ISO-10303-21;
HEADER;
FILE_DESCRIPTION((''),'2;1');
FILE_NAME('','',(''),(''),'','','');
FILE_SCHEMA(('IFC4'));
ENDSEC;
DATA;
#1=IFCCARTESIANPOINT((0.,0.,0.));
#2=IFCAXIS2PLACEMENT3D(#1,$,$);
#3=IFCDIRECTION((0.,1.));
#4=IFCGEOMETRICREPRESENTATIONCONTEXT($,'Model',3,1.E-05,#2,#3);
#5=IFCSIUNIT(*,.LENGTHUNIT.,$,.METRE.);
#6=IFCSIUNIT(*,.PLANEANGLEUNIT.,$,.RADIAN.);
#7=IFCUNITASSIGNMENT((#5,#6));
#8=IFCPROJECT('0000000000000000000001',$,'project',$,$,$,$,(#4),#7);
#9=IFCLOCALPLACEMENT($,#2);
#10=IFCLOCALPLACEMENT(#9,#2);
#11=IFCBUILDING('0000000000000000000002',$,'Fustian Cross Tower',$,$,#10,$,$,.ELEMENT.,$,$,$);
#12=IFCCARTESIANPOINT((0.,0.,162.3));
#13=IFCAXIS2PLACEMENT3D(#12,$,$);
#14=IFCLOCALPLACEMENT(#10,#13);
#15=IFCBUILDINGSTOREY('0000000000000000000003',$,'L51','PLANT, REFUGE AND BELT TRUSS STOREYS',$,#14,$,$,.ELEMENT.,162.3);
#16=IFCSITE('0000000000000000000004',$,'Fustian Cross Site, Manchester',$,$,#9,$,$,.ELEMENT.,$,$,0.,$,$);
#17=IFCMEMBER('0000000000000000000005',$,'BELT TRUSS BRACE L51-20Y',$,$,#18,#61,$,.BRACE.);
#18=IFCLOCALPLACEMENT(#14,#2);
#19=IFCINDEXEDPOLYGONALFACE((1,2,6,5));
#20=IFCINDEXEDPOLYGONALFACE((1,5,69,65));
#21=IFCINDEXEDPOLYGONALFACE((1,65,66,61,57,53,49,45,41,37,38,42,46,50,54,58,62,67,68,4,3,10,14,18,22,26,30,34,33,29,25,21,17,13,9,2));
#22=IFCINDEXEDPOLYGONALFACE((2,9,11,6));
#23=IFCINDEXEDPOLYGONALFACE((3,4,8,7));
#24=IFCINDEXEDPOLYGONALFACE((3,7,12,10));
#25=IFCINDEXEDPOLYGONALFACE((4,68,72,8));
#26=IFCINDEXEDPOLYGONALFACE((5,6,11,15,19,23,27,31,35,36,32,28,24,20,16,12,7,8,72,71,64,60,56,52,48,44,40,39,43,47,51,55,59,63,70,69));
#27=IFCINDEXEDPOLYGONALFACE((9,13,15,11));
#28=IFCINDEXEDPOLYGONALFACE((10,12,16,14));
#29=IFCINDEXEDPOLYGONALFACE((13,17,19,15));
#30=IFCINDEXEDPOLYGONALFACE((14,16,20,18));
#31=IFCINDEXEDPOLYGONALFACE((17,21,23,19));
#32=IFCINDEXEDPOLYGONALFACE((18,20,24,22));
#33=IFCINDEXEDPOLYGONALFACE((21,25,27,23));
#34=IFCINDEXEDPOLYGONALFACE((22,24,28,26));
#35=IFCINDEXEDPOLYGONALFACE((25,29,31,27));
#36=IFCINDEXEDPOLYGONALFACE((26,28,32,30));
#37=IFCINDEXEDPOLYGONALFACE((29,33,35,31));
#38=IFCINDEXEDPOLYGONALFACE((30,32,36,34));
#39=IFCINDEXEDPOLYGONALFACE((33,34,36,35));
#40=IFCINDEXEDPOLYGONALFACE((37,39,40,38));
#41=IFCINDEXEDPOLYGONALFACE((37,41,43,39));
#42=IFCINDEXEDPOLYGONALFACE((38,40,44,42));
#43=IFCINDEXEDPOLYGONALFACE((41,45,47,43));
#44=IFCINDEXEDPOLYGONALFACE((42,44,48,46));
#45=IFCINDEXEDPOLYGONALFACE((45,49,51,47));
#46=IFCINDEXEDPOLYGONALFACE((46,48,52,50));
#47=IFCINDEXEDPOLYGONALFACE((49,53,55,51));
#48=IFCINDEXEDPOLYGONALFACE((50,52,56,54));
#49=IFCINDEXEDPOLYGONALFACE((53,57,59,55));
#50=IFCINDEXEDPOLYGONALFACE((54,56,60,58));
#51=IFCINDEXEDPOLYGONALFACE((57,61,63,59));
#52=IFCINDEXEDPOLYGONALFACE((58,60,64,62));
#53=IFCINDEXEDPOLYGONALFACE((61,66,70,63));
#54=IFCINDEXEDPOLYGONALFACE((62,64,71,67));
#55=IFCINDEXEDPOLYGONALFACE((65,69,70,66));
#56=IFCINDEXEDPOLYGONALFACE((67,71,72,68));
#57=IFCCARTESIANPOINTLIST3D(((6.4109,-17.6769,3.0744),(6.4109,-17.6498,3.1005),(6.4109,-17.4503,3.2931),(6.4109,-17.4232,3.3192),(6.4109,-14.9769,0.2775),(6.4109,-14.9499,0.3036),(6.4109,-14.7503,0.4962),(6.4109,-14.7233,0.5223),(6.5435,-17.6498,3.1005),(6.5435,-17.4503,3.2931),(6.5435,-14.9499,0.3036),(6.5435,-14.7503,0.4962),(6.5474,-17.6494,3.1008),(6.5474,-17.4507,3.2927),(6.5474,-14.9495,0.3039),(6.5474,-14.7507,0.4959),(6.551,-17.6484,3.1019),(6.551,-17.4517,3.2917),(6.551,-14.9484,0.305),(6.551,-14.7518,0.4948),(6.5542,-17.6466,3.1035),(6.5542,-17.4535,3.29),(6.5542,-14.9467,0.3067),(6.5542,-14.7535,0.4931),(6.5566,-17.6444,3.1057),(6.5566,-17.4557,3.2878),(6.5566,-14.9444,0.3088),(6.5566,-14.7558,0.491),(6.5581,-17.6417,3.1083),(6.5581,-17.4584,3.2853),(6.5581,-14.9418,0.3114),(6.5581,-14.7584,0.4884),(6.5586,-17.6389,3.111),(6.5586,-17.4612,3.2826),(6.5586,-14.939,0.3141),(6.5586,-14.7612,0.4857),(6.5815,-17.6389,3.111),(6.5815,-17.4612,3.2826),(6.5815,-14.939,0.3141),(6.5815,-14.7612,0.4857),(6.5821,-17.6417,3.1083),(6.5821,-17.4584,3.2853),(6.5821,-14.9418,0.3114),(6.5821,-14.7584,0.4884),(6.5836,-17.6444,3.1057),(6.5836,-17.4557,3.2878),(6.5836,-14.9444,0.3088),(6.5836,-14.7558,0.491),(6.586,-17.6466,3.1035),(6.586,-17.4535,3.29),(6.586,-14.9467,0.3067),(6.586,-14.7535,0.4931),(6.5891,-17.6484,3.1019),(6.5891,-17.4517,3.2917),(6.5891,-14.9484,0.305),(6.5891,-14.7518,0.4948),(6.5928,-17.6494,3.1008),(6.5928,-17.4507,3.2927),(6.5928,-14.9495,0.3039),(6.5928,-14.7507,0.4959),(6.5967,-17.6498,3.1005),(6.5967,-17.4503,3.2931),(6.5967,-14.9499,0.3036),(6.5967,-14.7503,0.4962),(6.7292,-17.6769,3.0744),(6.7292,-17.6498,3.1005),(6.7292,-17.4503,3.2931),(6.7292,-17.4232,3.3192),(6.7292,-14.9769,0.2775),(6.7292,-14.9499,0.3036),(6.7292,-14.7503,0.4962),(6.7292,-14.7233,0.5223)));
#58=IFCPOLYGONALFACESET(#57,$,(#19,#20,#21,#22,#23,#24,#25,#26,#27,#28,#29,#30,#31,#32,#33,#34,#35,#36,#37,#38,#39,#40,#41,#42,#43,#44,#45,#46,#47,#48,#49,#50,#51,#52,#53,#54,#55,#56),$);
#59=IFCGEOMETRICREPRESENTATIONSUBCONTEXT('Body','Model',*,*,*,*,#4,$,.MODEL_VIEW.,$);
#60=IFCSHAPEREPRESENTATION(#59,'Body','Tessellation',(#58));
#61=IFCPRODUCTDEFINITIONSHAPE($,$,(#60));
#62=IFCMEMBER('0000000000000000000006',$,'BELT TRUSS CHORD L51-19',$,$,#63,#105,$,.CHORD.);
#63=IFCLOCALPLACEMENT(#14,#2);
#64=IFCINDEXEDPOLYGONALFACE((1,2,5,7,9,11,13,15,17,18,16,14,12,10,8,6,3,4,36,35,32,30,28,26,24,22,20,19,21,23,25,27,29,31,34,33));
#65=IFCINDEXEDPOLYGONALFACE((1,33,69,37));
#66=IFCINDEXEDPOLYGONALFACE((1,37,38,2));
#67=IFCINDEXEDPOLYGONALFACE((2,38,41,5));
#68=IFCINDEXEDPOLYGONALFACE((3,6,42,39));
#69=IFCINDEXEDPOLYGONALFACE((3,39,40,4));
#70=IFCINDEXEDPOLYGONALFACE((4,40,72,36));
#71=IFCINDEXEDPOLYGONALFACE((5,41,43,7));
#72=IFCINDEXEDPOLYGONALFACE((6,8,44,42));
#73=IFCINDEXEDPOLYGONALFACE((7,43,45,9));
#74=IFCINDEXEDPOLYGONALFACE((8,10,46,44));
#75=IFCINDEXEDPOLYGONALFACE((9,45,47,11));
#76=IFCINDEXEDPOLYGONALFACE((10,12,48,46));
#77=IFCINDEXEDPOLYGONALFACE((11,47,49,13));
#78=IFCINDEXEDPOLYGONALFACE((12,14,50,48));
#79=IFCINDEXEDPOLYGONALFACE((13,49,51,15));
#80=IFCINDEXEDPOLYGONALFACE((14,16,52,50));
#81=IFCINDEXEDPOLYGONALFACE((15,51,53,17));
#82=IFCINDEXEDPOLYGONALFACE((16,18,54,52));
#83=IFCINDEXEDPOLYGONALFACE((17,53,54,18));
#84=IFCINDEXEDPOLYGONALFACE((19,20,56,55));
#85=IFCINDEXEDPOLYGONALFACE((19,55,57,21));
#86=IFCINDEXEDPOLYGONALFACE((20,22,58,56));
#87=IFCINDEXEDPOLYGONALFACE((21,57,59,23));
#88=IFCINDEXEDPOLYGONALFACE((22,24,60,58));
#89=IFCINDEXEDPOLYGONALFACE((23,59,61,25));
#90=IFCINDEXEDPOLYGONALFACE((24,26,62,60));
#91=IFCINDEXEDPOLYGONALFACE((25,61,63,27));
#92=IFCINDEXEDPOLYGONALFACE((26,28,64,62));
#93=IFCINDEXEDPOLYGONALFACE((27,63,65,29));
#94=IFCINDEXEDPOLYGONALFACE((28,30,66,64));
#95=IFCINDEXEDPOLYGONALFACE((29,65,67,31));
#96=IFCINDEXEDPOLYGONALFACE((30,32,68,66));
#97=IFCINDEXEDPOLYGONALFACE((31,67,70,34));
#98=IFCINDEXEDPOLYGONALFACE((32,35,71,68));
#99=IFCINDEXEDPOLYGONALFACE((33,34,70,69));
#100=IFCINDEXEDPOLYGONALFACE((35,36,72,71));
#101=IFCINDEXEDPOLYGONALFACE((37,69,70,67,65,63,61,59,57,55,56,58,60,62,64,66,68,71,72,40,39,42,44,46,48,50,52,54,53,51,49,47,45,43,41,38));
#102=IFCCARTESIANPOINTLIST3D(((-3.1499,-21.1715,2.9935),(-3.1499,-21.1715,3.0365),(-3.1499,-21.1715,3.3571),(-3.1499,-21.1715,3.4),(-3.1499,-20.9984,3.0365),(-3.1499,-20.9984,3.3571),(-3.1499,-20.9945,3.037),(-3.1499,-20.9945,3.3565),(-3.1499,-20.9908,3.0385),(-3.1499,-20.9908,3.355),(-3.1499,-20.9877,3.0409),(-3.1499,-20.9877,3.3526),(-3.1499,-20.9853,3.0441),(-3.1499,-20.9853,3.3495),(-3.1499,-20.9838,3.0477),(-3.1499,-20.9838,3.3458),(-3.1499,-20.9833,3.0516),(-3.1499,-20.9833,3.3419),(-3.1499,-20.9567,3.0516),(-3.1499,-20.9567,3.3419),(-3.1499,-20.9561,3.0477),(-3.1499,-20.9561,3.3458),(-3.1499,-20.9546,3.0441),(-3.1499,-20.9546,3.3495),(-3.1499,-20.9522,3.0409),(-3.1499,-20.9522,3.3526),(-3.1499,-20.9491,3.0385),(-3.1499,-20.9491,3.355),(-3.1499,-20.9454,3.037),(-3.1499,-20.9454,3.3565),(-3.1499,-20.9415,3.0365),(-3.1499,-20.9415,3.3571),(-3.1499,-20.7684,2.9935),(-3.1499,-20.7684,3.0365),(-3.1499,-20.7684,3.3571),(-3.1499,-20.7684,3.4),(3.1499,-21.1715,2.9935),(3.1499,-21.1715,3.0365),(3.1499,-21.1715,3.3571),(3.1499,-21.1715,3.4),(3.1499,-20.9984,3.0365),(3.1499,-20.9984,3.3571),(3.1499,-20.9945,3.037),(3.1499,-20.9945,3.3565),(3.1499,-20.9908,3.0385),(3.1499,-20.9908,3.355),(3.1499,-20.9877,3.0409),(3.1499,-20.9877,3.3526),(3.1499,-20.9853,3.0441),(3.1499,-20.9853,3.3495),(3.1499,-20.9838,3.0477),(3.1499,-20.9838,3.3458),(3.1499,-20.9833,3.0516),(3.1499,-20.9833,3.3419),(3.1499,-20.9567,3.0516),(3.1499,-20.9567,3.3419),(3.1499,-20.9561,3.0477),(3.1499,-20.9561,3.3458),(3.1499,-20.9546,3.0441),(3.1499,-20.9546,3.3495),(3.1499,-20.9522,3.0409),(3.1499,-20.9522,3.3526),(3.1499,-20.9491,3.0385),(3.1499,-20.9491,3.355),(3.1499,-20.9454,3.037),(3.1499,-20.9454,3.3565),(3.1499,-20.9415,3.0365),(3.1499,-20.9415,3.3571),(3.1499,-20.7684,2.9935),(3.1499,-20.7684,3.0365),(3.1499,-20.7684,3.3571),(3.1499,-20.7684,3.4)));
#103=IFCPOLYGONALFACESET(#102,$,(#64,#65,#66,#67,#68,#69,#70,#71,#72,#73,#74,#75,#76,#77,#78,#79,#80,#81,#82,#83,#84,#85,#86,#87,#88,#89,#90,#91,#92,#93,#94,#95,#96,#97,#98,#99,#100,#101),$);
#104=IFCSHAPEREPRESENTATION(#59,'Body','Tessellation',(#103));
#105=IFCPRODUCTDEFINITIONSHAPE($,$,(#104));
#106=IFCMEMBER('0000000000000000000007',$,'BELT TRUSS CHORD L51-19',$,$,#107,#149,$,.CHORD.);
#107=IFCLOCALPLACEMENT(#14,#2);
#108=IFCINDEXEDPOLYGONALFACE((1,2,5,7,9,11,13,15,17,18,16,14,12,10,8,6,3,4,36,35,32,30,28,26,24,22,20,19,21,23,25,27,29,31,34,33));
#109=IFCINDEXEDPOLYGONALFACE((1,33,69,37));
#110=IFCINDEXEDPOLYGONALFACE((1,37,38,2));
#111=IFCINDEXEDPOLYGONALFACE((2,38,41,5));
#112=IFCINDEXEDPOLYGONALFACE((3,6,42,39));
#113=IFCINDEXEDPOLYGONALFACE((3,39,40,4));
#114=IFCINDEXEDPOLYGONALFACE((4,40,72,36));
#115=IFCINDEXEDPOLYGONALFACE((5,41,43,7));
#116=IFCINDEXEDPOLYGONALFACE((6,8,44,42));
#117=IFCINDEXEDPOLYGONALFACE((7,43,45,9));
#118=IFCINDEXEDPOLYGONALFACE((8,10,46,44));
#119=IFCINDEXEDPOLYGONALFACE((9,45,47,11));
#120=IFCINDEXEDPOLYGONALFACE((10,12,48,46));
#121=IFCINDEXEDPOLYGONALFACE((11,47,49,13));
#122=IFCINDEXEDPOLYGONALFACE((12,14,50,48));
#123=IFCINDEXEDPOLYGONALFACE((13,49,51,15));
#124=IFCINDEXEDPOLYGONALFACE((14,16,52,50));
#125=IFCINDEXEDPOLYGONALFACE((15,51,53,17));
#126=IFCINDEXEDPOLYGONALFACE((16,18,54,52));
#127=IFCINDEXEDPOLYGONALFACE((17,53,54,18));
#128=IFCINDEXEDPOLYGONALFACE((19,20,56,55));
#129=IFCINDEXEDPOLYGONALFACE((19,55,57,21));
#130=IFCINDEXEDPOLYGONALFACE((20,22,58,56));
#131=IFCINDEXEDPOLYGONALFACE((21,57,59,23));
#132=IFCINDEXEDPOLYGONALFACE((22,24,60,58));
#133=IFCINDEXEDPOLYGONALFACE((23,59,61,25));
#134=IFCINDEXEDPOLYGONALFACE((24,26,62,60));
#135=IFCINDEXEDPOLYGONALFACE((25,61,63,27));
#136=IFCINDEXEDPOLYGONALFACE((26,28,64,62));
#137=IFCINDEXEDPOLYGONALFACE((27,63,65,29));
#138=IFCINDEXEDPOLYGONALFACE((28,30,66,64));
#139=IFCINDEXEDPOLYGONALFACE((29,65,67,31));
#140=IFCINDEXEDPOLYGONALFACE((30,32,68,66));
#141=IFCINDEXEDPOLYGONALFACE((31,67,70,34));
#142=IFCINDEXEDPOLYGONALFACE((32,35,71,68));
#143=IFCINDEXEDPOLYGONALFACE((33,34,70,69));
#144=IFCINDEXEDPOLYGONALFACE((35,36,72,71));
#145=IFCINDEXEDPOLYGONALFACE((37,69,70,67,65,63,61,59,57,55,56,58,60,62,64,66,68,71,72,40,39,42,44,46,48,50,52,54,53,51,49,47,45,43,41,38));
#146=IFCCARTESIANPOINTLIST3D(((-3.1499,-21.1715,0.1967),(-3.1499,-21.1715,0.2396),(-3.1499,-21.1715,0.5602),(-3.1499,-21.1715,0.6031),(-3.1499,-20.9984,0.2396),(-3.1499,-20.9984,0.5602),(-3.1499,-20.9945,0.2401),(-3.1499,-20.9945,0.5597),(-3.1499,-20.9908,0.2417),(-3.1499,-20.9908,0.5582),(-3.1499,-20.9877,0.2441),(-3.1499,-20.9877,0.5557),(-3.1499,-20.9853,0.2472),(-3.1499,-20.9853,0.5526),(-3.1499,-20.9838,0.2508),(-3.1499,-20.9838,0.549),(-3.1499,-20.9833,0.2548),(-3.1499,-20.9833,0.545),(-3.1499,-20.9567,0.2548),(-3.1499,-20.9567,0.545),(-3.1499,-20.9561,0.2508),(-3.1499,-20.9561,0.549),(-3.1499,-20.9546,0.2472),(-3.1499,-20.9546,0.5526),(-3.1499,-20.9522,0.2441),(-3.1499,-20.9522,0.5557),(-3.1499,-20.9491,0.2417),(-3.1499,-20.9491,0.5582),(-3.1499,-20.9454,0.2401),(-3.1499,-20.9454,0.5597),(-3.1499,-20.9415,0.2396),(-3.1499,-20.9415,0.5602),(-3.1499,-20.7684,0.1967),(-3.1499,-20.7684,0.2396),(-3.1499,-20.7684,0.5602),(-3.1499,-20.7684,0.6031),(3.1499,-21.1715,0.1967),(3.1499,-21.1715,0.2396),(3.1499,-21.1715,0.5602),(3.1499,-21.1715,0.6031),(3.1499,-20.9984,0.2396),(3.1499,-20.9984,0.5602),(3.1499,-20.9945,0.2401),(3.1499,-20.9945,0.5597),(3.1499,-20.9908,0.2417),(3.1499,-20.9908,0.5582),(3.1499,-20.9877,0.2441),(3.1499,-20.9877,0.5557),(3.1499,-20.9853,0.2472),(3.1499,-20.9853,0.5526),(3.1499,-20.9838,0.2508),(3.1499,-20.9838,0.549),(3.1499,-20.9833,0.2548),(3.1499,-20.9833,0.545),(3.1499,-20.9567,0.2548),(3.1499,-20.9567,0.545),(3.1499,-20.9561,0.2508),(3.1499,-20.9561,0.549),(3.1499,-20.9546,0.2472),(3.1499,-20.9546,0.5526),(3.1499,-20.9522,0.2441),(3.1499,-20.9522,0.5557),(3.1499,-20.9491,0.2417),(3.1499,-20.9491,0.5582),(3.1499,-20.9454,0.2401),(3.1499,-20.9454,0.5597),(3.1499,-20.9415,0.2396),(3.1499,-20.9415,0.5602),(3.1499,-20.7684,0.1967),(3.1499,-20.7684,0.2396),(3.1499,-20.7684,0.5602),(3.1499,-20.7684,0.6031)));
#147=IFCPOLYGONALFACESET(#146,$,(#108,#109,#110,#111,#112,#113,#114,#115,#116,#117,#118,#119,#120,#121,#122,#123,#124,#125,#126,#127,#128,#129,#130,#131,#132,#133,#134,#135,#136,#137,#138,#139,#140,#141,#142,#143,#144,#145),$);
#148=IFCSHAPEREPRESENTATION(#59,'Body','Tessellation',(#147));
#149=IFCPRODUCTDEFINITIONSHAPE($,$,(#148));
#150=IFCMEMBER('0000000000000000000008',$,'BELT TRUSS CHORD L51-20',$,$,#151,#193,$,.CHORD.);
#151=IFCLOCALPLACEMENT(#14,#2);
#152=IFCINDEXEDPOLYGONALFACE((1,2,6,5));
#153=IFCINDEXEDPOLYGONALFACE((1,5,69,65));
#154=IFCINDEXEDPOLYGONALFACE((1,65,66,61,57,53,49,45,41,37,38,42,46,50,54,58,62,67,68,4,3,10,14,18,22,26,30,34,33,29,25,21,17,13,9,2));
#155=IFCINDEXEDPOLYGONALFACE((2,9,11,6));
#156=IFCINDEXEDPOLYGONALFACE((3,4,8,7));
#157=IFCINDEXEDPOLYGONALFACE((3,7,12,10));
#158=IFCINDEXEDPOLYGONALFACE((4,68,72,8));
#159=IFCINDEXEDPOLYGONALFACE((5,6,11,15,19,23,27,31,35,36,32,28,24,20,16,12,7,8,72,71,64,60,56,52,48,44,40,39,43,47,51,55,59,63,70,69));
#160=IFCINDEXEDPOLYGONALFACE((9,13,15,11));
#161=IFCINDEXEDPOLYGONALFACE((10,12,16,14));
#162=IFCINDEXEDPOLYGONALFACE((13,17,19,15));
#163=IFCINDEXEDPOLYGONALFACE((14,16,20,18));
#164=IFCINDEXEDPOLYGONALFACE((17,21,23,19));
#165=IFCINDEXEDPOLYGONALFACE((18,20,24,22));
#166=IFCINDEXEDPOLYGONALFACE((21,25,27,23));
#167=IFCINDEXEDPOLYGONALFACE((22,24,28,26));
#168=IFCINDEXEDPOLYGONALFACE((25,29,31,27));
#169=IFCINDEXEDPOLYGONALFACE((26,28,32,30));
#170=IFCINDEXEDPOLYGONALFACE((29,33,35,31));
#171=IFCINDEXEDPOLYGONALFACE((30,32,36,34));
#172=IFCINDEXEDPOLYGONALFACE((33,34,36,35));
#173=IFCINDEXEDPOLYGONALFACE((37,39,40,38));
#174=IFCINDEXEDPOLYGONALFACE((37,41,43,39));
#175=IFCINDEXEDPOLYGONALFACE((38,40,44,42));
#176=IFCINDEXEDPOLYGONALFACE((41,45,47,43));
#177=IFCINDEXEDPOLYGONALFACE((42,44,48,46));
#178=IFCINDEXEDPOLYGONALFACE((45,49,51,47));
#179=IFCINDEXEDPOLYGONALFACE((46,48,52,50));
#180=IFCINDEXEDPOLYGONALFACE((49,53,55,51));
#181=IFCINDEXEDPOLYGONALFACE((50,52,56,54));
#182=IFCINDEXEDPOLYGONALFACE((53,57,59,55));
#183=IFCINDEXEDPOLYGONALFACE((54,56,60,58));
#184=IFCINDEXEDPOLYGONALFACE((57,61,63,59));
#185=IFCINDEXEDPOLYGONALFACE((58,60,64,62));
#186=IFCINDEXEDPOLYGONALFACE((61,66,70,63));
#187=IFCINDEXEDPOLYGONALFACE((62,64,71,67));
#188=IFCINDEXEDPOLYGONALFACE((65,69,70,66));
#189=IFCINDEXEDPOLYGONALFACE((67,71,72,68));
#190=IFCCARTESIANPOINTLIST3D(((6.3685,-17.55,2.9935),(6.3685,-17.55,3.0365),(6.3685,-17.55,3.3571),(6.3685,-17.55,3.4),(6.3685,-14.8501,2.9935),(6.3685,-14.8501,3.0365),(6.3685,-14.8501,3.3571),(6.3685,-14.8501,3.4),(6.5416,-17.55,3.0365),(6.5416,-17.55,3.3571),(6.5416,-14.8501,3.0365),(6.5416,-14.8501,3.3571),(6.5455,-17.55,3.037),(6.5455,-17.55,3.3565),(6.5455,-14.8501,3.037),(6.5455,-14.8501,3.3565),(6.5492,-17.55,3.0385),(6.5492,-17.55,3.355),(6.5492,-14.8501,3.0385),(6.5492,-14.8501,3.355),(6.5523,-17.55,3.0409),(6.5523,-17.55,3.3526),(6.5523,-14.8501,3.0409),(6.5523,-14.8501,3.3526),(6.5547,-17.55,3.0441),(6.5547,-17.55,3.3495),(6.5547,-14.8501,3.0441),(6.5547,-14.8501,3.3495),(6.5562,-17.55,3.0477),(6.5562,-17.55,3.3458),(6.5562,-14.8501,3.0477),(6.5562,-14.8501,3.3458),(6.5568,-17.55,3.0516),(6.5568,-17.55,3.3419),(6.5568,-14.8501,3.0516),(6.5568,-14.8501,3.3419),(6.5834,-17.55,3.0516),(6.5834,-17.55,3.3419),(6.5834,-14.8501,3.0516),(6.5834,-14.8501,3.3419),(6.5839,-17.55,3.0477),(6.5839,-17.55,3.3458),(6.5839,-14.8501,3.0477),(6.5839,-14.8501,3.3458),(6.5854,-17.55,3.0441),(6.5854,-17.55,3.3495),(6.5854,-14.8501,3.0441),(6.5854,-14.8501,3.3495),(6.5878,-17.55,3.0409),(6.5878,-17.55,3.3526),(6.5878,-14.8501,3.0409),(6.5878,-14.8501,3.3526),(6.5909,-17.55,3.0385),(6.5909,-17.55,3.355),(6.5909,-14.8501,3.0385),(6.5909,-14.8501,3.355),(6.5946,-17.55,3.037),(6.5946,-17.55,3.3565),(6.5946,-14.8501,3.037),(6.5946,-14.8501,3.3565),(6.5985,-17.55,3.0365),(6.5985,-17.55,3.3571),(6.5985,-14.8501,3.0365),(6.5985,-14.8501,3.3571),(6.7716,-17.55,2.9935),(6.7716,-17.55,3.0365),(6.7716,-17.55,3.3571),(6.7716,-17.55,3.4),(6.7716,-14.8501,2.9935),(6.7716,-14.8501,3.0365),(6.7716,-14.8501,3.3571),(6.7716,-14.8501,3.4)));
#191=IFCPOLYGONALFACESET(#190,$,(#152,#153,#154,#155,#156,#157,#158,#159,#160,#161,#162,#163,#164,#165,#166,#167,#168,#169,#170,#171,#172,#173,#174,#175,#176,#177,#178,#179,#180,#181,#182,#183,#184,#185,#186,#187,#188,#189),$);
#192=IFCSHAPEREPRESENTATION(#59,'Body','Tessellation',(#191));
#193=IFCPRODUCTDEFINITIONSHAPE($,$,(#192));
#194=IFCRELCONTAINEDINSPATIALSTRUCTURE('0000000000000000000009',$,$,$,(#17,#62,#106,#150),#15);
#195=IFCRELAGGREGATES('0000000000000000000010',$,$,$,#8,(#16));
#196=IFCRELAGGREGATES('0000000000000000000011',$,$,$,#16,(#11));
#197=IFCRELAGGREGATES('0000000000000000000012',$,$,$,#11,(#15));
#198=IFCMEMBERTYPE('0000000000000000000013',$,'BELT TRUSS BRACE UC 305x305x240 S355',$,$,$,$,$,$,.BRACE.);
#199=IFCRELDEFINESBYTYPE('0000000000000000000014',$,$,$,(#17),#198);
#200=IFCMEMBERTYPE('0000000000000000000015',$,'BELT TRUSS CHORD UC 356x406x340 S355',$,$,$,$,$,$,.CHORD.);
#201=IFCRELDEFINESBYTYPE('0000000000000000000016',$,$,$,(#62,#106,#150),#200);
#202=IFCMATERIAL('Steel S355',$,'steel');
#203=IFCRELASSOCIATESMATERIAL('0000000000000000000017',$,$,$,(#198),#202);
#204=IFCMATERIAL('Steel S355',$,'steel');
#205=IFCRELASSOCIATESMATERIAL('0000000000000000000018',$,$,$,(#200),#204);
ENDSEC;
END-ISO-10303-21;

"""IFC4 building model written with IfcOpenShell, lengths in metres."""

from ifc_helpers import new_model, si_unit, direction, frame, origin, origin_2d, place, context, subcontext, project, spatial, i_section, extrude, material, material_profile, profile_set, type_object, element, save


model = new_model("IFC4")

# Units and contexts
model_context = context("Model", 3, precision=1e-05, world=origin(), true_north=direction((0.0, 1.0)))
body_context = subcontext(model_context, "Body", "Model", "MODEL_VIEW")
ifc_project = project(units=[si_unit("LENGTHUNIT", "METRE"), si_unit("PLANEANGLEUNIT", "RADIAN")], contexts=[model_context])

# Site, building, storey
site_placement = place(None, origin())
site = spatial("IfcSite", under=ifc_project, at=site_placement, Name="Fustian Cross Site, Manchester", CompositionType="ELEMENT", RefElevation=0.0)
building_placement = place(site_placement, origin())
building = spatial("IfcBuilding", under=site, at=building_placement, Name="Fustian Cross Tower", CompositionType="ELEMENT")
storey_placement = place(building_placement, frame((0.0, 0.0, 162.3)))
storey = spatial("IfcBuildingStorey", under=building, at=storey_placement, Name="L51", Description="PLANT, REFUGE AND BELT TRUSS STOREYS", CompositionType="ELEMENT", Elevation=162.3)

# Members
ifc_material_1 = material(Name="Steel S355", Category="steel")
ifc_material_profile_1 = material_profile(ifc_material_1, i_section(OverallWidth=0.3184, OverallDepth=0.3525, WebThickness=0.0229, FlangeThickness=0.0376, FilletRadius=0.0151, at=origin_2d()), Name="UC 305x305x240")
ifc_profile_set_1 = profile_set([ifc_material_profile_1], Name="Steel S355")
member_type_1 = type_object("IfcMemberType", Name="BELT TRUSS BRACE UC 305x305x240 S355", PredefinedType="BRACE", material=ifc_profile_set_1)
for number, where, z_axis, x_axis, name in (
    (1, (6.5701, -17.55, 3.1968), (0.0, 0.694531, -0.719463), (-1.0, 0.0, 0.0), "BELT TRUSS BRACE L51-20Y"),
):
    element("IfcMember", number, at=place(storey_placement, frame(where, z_axis=z_axis, x_axis=x_axis)), inside=storey, type_object=member_type_1, Name=name, PredefinedType="BRACE", context=body_context, shape_type="SweptSolid", body=[
        extrude(i_section(OverallWidth=0.3184, OverallDepth=0.3525, WebThickness=0.0229, FlangeThickness=0.0376, FilletRadius=0.0151, at=origin_2d()), origin(), (0.0, 0.0, 1.0), 3.8875),
    ])
ifc_material_2 = material(Name="Steel S355", Category="steel")
ifc_material_profile_2 = material_profile(ifc_material_2, i_section(OverallWidth=0.4031, OverallDepth=0.4065, WebThickness=0.0266, FlangeThickness=0.043, FilletRadius=0.0151, at=origin_2d()), Name="UC 356x406x340")
ifc_profile_set_2 = profile_set([ifc_material_profile_2], Name="Steel S355")
member_type_2 = type_object("IfcMemberType", Name="BELT TRUSS CHORD UC 356x406x340 S355", PredefinedType="CHORD", material=ifc_profile_set_2)
for number, where, z_axis, x_axis, name in (
    (2, (-3.1499, -20.97, 3.1968), (1.0, 0.0, 0.0), (0.0, 1.0, 0.0), "BELT TRUSS CHORD L51-19"),
    (3, (-3.1499, -20.97, 0.3999), (1.0, 0.0, 0.0), (0.0, 1.0, 0.0), "BELT TRUSS CHORD L51-19"),
):
    element("IfcMember", number, at=place(storey_placement, frame(where, z_axis=z_axis, x_axis=x_axis)), inside=storey, type_object=member_type_2, Name=name, PredefinedType="CHORD", context=body_context, shape_type="SweptSolid", body=[
        extrude(i_section(OverallWidth=0.4031, OverallDepth=0.4065, WebThickness=0.0266, FlangeThickness=0.043, FilletRadius=0.0151, at=origin_2d()), origin(), (0.0, 0.0, 1.0), 6.2998),
    ])
for number, where, z_axis, x_axis, name in (
    (4, (6.5701, -17.55, 3.1968), (0.0, 1.0, 0.0), (-1.0, 0.0, 0.0), "BELT TRUSS CHORD L51-20"),
):
    element("IfcMember", number, at=place(storey_placement, frame(where, z_axis=z_axis, x_axis=x_axis)), inside=storey, type_object=member_type_2, Name=name, PredefinedType="CHORD", context=body_context, shape_type="SweptSolid", body=[
        extrude(i_section(OverallWidth=0.4031, OverallDepth=0.4065, WebThickness=0.0266, FlangeThickness=0.043, FilletRadius=0.0151, at=origin_2d()), origin(), (0.0, 0.0, 1.0), 2.7),
    ])

save(model, "model.ifc")
